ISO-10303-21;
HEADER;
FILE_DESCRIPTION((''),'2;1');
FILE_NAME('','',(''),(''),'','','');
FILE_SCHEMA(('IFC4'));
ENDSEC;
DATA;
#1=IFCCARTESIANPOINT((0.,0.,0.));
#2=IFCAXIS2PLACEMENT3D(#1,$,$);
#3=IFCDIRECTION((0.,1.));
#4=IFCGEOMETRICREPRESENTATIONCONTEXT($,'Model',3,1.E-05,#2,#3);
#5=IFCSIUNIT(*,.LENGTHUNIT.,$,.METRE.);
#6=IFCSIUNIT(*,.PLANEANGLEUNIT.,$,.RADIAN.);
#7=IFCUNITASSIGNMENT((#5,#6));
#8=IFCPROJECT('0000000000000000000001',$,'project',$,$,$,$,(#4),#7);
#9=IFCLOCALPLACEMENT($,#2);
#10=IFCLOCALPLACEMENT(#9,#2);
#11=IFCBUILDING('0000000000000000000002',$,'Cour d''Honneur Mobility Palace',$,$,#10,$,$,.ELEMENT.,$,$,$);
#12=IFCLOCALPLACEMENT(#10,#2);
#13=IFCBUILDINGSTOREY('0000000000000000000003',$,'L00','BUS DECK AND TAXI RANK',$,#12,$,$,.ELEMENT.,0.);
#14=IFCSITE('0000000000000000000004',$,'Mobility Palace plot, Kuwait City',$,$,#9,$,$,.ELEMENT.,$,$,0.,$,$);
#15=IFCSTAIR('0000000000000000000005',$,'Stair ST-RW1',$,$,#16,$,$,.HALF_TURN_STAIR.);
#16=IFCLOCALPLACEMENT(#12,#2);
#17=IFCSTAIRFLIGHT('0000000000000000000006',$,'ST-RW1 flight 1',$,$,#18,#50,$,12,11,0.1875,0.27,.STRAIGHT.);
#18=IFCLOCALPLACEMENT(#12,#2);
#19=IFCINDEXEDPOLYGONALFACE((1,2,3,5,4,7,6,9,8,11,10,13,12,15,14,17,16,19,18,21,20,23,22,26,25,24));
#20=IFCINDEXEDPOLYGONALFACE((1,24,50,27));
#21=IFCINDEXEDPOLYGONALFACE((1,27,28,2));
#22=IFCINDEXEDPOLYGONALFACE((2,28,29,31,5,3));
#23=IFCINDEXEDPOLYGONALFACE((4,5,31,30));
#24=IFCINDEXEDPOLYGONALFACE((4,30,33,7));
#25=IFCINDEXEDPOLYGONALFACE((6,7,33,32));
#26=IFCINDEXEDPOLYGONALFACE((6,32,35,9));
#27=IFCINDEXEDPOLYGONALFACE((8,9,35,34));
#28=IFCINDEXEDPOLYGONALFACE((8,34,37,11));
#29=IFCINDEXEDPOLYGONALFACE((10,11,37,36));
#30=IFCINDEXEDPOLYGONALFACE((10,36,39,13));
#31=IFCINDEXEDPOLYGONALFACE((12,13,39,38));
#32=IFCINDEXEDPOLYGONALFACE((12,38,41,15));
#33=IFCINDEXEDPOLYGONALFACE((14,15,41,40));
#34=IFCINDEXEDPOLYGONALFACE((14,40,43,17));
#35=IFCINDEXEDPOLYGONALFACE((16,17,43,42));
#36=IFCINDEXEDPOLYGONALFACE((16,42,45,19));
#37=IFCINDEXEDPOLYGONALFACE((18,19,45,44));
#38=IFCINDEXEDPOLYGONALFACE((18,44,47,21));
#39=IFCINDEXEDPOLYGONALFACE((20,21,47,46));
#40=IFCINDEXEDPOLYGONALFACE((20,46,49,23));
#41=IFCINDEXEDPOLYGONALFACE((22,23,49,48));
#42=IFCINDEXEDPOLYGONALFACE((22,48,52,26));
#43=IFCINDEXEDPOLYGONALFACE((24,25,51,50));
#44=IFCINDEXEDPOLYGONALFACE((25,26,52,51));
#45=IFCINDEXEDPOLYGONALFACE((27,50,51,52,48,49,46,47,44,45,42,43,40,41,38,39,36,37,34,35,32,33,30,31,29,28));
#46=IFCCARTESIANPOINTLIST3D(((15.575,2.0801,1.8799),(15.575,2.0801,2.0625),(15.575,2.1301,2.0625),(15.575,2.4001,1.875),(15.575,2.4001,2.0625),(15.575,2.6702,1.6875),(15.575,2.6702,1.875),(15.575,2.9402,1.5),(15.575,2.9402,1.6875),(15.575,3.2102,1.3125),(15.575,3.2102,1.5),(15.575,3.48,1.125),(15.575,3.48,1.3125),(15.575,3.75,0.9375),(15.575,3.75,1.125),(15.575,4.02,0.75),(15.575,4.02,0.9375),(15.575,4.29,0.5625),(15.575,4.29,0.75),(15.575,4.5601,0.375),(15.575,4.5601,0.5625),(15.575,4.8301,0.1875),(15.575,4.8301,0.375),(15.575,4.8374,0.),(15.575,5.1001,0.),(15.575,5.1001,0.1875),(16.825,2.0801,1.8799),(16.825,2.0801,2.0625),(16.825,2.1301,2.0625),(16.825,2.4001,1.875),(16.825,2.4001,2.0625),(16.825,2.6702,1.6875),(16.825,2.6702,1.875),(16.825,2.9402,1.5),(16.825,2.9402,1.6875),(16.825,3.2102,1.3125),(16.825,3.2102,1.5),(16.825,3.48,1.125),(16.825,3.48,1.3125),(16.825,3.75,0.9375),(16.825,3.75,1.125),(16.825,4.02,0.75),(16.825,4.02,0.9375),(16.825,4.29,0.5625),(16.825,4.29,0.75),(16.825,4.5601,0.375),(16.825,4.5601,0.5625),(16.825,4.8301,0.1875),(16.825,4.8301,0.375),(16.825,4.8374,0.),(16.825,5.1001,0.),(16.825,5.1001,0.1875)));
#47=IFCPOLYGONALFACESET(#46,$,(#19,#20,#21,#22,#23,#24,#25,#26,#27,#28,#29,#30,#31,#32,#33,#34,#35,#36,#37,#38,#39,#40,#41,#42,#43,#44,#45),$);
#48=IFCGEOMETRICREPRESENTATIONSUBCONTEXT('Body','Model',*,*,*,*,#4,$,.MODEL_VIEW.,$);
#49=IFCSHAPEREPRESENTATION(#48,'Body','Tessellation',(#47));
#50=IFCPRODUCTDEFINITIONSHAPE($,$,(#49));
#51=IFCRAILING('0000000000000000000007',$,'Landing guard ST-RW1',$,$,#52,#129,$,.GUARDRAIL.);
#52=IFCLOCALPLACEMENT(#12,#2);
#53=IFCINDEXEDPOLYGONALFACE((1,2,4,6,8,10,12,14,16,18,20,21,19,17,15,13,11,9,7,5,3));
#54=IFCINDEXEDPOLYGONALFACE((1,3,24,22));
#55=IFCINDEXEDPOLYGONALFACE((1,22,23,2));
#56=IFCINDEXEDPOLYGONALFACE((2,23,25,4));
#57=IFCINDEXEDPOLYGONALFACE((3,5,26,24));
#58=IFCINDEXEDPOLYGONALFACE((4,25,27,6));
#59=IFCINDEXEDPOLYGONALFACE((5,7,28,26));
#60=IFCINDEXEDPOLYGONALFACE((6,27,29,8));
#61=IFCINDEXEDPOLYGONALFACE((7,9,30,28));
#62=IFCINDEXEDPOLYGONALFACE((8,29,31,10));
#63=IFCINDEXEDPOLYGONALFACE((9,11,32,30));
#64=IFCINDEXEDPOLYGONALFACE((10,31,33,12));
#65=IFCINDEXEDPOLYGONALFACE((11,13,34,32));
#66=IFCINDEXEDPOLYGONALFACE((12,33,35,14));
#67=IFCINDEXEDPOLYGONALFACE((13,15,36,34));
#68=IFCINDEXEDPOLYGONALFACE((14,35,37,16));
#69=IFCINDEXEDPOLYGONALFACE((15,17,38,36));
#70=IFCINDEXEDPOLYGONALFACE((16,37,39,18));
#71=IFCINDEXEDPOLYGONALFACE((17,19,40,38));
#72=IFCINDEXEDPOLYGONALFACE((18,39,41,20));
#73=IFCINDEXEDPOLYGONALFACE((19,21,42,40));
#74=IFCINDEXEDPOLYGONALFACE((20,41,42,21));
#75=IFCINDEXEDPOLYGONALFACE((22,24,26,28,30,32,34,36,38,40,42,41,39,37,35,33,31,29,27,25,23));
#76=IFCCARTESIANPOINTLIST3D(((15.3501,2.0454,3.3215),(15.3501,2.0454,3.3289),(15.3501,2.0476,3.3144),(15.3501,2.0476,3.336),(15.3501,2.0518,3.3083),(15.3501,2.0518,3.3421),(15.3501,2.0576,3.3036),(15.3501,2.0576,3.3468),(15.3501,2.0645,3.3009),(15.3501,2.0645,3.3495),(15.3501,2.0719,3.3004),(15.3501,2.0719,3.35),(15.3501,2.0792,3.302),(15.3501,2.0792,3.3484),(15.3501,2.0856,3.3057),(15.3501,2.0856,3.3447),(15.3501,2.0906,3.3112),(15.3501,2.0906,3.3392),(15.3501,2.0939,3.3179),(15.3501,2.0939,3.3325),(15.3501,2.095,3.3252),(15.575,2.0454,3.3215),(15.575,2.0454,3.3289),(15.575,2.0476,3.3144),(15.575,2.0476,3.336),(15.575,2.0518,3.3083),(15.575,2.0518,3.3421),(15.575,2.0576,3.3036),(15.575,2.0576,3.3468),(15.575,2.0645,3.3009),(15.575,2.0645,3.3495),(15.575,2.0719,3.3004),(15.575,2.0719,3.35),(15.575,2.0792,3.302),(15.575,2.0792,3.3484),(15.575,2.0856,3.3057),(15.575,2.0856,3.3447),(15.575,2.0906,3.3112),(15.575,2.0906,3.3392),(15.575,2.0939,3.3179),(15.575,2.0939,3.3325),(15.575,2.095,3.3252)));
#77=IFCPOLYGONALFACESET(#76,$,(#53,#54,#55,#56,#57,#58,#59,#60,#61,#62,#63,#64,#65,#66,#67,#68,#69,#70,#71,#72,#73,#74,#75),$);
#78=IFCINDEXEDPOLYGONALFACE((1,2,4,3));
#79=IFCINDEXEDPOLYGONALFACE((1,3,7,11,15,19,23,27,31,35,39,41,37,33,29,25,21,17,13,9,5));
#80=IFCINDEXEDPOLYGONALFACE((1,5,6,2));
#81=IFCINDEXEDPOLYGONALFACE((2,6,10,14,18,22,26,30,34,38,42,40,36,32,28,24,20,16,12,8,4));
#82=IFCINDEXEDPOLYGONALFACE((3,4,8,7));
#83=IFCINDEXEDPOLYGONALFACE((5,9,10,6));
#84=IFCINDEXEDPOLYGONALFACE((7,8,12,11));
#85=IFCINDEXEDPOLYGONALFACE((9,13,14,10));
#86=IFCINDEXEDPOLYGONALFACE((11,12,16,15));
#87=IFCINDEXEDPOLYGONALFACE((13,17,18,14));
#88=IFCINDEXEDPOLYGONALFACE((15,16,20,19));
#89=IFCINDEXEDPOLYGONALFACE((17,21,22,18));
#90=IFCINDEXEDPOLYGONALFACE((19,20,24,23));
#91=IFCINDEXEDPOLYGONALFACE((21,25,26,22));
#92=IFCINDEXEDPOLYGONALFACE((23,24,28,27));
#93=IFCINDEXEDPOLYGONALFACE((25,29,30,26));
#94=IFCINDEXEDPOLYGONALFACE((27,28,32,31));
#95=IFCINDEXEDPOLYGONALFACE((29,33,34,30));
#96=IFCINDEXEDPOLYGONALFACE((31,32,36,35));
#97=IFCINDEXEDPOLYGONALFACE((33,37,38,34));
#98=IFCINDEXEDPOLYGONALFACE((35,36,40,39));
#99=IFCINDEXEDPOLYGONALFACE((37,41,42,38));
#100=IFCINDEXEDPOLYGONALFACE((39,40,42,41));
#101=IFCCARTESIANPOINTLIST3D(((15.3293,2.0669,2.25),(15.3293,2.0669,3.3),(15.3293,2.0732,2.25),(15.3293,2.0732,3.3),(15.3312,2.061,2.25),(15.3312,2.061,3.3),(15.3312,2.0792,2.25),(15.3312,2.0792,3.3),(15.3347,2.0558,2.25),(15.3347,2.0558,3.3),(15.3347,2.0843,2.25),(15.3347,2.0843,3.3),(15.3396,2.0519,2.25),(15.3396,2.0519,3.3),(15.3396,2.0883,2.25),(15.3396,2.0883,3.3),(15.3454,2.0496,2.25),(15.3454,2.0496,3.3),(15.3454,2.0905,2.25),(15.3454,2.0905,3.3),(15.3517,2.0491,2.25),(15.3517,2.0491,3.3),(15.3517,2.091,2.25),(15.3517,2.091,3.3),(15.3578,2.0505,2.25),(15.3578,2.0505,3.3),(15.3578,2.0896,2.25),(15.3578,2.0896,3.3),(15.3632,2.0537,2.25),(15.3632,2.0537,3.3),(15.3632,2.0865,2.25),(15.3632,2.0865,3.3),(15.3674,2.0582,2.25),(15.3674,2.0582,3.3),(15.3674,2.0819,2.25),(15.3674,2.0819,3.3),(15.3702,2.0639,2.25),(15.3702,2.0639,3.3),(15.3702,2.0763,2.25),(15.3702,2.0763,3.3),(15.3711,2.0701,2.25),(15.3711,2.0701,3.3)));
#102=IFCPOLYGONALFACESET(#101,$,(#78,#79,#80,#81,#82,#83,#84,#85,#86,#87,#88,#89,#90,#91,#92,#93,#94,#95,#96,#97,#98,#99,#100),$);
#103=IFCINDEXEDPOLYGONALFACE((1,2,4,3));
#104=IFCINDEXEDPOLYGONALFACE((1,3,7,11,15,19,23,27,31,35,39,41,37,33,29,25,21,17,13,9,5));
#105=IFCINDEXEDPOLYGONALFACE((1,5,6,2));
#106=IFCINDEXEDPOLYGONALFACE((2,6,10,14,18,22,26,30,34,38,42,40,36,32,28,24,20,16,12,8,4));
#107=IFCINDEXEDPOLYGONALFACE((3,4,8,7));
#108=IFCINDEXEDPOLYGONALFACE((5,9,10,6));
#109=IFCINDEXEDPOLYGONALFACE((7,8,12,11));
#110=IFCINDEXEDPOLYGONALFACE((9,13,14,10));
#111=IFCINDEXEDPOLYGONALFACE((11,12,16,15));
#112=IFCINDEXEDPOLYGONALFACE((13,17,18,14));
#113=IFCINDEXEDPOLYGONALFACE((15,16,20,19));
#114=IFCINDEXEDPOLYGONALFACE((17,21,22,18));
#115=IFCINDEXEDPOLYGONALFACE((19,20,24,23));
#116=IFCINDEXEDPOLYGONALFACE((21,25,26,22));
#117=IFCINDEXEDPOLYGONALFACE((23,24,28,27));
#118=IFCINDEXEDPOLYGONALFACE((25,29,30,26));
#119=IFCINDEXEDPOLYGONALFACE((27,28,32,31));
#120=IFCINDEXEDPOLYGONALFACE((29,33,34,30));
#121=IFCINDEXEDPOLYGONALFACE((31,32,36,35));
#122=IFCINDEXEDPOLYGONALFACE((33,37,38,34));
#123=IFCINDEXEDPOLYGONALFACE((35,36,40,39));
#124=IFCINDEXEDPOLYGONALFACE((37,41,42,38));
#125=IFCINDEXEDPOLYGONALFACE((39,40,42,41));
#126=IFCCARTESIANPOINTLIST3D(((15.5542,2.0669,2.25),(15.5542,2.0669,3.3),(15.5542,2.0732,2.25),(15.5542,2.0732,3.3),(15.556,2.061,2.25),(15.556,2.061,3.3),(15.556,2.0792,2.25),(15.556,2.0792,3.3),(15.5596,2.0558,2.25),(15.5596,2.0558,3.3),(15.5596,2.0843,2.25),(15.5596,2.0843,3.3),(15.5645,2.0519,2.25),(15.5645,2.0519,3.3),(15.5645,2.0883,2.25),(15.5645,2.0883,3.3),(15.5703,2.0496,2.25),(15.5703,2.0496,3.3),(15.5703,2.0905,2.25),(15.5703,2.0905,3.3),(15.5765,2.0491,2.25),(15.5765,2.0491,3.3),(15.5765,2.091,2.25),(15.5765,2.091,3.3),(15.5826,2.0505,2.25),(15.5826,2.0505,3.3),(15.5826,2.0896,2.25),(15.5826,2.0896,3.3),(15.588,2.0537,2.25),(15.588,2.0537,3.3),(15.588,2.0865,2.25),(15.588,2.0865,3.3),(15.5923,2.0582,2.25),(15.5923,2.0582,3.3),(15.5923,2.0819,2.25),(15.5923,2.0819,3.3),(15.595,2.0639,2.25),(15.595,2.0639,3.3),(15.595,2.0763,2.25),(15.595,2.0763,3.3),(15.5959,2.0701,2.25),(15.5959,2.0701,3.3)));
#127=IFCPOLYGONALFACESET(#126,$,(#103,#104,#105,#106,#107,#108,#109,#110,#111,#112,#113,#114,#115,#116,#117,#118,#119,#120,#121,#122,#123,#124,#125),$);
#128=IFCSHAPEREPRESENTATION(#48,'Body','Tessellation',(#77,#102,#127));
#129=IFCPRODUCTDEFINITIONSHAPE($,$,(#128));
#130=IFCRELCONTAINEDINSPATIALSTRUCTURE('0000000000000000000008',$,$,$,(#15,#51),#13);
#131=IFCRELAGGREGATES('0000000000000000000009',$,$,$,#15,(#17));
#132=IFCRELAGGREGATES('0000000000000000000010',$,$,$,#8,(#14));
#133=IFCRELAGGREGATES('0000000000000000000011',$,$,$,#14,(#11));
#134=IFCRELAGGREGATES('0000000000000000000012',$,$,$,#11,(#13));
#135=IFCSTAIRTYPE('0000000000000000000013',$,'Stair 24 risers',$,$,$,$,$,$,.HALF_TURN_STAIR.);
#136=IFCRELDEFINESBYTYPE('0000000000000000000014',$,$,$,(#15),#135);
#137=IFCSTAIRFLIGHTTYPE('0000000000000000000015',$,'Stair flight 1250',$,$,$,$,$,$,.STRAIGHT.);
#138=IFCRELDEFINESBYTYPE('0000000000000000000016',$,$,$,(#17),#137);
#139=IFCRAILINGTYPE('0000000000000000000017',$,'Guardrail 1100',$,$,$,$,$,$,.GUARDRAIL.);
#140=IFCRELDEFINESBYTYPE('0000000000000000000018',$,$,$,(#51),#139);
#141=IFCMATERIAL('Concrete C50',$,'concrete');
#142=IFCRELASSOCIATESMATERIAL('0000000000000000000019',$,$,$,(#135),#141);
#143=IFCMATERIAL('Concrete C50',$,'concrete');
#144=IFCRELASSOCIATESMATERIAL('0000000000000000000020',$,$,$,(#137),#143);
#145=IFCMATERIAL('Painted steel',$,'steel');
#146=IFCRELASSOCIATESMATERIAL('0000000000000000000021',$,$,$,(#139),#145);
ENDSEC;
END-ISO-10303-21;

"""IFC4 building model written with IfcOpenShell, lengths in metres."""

from ifc_helpers import new_model, si_unit, direction, frame, origin, origin_2d, place, context, subcontext, project, spatial, polyline, circle, outline, extrude, material, type_object, element, aggregate, save


model = new_model("IFC4")

# Units and contexts
model_context = context("Model", 3, precision=1e-05, world=origin(), true_north=direction((0.0, 1.0)))
body_context = subcontext(model_context, "Body", "Model", "MODEL_VIEW")
ifc_project = project(units=[si_unit("LENGTHUNIT", "METRE"), si_unit("PLANEANGLEUNIT", "RADIAN")], contexts=[model_context])

# Site, building, storey
site_placement = place(None, origin())
site = spatial("IfcSite", under=ifc_project, at=site_placement, Name="Mobility Palace plot, Kuwait City", CompositionType="ELEMENT", RefElevation=0.0)
building_placement = place(site_placement, origin())
building = spatial("IfcBuilding", under=site, at=building_placement, Name="Cour d'Honneur Mobility Palace", CompositionType="ELEMENT")
storey_placement = place(building_placement, origin())
storey = spatial("IfcBuildingStorey", under=building, at=storey_placement, Name="L00", Description="BUS DECK AND TAXI RANK", CompositionType="ELEMENT", Elevation=0.0)

# Stair, stair flight
ifc_material_1 = material(Name="Concrete C50", Category="concrete")
stair_type = type_object("IfcStairType", Name="Stair 24 risers", PredefinedType="HALF_TURN_STAIR", material=ifc_material_1)
stair_placement = place(storey_placement, origin())
stair = element("IfcStair", 1, at=stair_placement, inside=storey, type_object=stair_type, Name="Stair ST-RW1", PredefinedType="HALF_TURN_STAIR")
ifc_material_2 = material(Name="Concrete C50", Category="concrete")
stair_flight_type = type_object("IfcStairFlightType", Name="Stair flight 1250", PredefinedType="STRAIGHT", material=ifc_material_2)
stair_flight_placement = place(storey_placement, frame((16.2, 5.1001, 0.0), z_axis=(0.0, 0.0, 1.0), x_axis=(0.0, -1.0, 0.0)))
stair_flight = element("IfcStairFlight", 2, at=stair_flight_placement, type_object=stair_flight_type, Name="ST-RW1 flight 1", NumberOfRisers=12, NumberOfTreads=11, PredefinedType="STRAIGHT", RiserHeight=0.1875, TreadLength=0.27, context=body_context, shape_type="SweptSolid", body=[
    extrude(outline(polyline([(0.0, 0.0), (0.0, 0.1875), (0.27, 0.1875), (0.27, 0.375), (0.54, 0.375), (0.54, 0.5625), (0.8101, 0.5625), (0.8101, 0.75), (1.0801, 0.75), (1.0801, 0.9375), (1.3501, 0.9375), (1.3501, 1.125), (1.6201, 1.125), (1.6201, 1.3125), (1.8899, 1.3125), (1.8899, 1.5), (2.1599, 1.5), (2.1599, 1.6875), (2.4299, 1.6875), (2.4299, 1.875), (2.7, 1.875), (2.7, 2.0625), (2.97, 2.0625), (3.02, 2.0625), (3.02, 1.8799), (0.2627, 0.0), (0.0, 0.0)])), frame((0.0, 0.625, 0.0), z_axis=(0.0, -1.0, 0.0), x_axis=(1.0, 0.0, 0.0)), (0.0, 0.0, 1.0), 1.25),
])
aggregate(stair, [stair_flight])

# Railing
ifc_material_3 = material(Name="Painted steel", Category="steel")
railing_type_1 = type_object("IfcRailingType", Name="Guardrail 1100", PredefinedType="GUARDRAIL", material=ifc_material_3)
railing_1_placement = place(storey_placement, frame((15.3501, 2.0701, 2.25)))
element("IfcRailing", 3, at=railing_1_placement, inside=storey, type_object=railing_type_1, Name="Landing guard ST-RW1", PredefinedType="GUARDRAIL", context=body_context, shape_type="SweptSolid", body=[
    extrude(circle(Radius=0.0249, at=origin_2d()), frame((0.0, 0.0, 1.0752), z_axis=(1.0, 0.0, 0.0), x_axis=(0.0, 1.0, 0.0)), (0.0, 0.0, 1.0), 0.2249),
    extrude(circle(Radius=0.021, at=origin_2d()), origin(), (0.0, 0.0, 1.0), 1.05),
    extrude(circle(Radius=0.021, at=origin_2d()), frame((0.2249, 0.0, 0.0)), (0.0, 0.0, 1.0), 1.05),
])

save(model, "model.ifc")
